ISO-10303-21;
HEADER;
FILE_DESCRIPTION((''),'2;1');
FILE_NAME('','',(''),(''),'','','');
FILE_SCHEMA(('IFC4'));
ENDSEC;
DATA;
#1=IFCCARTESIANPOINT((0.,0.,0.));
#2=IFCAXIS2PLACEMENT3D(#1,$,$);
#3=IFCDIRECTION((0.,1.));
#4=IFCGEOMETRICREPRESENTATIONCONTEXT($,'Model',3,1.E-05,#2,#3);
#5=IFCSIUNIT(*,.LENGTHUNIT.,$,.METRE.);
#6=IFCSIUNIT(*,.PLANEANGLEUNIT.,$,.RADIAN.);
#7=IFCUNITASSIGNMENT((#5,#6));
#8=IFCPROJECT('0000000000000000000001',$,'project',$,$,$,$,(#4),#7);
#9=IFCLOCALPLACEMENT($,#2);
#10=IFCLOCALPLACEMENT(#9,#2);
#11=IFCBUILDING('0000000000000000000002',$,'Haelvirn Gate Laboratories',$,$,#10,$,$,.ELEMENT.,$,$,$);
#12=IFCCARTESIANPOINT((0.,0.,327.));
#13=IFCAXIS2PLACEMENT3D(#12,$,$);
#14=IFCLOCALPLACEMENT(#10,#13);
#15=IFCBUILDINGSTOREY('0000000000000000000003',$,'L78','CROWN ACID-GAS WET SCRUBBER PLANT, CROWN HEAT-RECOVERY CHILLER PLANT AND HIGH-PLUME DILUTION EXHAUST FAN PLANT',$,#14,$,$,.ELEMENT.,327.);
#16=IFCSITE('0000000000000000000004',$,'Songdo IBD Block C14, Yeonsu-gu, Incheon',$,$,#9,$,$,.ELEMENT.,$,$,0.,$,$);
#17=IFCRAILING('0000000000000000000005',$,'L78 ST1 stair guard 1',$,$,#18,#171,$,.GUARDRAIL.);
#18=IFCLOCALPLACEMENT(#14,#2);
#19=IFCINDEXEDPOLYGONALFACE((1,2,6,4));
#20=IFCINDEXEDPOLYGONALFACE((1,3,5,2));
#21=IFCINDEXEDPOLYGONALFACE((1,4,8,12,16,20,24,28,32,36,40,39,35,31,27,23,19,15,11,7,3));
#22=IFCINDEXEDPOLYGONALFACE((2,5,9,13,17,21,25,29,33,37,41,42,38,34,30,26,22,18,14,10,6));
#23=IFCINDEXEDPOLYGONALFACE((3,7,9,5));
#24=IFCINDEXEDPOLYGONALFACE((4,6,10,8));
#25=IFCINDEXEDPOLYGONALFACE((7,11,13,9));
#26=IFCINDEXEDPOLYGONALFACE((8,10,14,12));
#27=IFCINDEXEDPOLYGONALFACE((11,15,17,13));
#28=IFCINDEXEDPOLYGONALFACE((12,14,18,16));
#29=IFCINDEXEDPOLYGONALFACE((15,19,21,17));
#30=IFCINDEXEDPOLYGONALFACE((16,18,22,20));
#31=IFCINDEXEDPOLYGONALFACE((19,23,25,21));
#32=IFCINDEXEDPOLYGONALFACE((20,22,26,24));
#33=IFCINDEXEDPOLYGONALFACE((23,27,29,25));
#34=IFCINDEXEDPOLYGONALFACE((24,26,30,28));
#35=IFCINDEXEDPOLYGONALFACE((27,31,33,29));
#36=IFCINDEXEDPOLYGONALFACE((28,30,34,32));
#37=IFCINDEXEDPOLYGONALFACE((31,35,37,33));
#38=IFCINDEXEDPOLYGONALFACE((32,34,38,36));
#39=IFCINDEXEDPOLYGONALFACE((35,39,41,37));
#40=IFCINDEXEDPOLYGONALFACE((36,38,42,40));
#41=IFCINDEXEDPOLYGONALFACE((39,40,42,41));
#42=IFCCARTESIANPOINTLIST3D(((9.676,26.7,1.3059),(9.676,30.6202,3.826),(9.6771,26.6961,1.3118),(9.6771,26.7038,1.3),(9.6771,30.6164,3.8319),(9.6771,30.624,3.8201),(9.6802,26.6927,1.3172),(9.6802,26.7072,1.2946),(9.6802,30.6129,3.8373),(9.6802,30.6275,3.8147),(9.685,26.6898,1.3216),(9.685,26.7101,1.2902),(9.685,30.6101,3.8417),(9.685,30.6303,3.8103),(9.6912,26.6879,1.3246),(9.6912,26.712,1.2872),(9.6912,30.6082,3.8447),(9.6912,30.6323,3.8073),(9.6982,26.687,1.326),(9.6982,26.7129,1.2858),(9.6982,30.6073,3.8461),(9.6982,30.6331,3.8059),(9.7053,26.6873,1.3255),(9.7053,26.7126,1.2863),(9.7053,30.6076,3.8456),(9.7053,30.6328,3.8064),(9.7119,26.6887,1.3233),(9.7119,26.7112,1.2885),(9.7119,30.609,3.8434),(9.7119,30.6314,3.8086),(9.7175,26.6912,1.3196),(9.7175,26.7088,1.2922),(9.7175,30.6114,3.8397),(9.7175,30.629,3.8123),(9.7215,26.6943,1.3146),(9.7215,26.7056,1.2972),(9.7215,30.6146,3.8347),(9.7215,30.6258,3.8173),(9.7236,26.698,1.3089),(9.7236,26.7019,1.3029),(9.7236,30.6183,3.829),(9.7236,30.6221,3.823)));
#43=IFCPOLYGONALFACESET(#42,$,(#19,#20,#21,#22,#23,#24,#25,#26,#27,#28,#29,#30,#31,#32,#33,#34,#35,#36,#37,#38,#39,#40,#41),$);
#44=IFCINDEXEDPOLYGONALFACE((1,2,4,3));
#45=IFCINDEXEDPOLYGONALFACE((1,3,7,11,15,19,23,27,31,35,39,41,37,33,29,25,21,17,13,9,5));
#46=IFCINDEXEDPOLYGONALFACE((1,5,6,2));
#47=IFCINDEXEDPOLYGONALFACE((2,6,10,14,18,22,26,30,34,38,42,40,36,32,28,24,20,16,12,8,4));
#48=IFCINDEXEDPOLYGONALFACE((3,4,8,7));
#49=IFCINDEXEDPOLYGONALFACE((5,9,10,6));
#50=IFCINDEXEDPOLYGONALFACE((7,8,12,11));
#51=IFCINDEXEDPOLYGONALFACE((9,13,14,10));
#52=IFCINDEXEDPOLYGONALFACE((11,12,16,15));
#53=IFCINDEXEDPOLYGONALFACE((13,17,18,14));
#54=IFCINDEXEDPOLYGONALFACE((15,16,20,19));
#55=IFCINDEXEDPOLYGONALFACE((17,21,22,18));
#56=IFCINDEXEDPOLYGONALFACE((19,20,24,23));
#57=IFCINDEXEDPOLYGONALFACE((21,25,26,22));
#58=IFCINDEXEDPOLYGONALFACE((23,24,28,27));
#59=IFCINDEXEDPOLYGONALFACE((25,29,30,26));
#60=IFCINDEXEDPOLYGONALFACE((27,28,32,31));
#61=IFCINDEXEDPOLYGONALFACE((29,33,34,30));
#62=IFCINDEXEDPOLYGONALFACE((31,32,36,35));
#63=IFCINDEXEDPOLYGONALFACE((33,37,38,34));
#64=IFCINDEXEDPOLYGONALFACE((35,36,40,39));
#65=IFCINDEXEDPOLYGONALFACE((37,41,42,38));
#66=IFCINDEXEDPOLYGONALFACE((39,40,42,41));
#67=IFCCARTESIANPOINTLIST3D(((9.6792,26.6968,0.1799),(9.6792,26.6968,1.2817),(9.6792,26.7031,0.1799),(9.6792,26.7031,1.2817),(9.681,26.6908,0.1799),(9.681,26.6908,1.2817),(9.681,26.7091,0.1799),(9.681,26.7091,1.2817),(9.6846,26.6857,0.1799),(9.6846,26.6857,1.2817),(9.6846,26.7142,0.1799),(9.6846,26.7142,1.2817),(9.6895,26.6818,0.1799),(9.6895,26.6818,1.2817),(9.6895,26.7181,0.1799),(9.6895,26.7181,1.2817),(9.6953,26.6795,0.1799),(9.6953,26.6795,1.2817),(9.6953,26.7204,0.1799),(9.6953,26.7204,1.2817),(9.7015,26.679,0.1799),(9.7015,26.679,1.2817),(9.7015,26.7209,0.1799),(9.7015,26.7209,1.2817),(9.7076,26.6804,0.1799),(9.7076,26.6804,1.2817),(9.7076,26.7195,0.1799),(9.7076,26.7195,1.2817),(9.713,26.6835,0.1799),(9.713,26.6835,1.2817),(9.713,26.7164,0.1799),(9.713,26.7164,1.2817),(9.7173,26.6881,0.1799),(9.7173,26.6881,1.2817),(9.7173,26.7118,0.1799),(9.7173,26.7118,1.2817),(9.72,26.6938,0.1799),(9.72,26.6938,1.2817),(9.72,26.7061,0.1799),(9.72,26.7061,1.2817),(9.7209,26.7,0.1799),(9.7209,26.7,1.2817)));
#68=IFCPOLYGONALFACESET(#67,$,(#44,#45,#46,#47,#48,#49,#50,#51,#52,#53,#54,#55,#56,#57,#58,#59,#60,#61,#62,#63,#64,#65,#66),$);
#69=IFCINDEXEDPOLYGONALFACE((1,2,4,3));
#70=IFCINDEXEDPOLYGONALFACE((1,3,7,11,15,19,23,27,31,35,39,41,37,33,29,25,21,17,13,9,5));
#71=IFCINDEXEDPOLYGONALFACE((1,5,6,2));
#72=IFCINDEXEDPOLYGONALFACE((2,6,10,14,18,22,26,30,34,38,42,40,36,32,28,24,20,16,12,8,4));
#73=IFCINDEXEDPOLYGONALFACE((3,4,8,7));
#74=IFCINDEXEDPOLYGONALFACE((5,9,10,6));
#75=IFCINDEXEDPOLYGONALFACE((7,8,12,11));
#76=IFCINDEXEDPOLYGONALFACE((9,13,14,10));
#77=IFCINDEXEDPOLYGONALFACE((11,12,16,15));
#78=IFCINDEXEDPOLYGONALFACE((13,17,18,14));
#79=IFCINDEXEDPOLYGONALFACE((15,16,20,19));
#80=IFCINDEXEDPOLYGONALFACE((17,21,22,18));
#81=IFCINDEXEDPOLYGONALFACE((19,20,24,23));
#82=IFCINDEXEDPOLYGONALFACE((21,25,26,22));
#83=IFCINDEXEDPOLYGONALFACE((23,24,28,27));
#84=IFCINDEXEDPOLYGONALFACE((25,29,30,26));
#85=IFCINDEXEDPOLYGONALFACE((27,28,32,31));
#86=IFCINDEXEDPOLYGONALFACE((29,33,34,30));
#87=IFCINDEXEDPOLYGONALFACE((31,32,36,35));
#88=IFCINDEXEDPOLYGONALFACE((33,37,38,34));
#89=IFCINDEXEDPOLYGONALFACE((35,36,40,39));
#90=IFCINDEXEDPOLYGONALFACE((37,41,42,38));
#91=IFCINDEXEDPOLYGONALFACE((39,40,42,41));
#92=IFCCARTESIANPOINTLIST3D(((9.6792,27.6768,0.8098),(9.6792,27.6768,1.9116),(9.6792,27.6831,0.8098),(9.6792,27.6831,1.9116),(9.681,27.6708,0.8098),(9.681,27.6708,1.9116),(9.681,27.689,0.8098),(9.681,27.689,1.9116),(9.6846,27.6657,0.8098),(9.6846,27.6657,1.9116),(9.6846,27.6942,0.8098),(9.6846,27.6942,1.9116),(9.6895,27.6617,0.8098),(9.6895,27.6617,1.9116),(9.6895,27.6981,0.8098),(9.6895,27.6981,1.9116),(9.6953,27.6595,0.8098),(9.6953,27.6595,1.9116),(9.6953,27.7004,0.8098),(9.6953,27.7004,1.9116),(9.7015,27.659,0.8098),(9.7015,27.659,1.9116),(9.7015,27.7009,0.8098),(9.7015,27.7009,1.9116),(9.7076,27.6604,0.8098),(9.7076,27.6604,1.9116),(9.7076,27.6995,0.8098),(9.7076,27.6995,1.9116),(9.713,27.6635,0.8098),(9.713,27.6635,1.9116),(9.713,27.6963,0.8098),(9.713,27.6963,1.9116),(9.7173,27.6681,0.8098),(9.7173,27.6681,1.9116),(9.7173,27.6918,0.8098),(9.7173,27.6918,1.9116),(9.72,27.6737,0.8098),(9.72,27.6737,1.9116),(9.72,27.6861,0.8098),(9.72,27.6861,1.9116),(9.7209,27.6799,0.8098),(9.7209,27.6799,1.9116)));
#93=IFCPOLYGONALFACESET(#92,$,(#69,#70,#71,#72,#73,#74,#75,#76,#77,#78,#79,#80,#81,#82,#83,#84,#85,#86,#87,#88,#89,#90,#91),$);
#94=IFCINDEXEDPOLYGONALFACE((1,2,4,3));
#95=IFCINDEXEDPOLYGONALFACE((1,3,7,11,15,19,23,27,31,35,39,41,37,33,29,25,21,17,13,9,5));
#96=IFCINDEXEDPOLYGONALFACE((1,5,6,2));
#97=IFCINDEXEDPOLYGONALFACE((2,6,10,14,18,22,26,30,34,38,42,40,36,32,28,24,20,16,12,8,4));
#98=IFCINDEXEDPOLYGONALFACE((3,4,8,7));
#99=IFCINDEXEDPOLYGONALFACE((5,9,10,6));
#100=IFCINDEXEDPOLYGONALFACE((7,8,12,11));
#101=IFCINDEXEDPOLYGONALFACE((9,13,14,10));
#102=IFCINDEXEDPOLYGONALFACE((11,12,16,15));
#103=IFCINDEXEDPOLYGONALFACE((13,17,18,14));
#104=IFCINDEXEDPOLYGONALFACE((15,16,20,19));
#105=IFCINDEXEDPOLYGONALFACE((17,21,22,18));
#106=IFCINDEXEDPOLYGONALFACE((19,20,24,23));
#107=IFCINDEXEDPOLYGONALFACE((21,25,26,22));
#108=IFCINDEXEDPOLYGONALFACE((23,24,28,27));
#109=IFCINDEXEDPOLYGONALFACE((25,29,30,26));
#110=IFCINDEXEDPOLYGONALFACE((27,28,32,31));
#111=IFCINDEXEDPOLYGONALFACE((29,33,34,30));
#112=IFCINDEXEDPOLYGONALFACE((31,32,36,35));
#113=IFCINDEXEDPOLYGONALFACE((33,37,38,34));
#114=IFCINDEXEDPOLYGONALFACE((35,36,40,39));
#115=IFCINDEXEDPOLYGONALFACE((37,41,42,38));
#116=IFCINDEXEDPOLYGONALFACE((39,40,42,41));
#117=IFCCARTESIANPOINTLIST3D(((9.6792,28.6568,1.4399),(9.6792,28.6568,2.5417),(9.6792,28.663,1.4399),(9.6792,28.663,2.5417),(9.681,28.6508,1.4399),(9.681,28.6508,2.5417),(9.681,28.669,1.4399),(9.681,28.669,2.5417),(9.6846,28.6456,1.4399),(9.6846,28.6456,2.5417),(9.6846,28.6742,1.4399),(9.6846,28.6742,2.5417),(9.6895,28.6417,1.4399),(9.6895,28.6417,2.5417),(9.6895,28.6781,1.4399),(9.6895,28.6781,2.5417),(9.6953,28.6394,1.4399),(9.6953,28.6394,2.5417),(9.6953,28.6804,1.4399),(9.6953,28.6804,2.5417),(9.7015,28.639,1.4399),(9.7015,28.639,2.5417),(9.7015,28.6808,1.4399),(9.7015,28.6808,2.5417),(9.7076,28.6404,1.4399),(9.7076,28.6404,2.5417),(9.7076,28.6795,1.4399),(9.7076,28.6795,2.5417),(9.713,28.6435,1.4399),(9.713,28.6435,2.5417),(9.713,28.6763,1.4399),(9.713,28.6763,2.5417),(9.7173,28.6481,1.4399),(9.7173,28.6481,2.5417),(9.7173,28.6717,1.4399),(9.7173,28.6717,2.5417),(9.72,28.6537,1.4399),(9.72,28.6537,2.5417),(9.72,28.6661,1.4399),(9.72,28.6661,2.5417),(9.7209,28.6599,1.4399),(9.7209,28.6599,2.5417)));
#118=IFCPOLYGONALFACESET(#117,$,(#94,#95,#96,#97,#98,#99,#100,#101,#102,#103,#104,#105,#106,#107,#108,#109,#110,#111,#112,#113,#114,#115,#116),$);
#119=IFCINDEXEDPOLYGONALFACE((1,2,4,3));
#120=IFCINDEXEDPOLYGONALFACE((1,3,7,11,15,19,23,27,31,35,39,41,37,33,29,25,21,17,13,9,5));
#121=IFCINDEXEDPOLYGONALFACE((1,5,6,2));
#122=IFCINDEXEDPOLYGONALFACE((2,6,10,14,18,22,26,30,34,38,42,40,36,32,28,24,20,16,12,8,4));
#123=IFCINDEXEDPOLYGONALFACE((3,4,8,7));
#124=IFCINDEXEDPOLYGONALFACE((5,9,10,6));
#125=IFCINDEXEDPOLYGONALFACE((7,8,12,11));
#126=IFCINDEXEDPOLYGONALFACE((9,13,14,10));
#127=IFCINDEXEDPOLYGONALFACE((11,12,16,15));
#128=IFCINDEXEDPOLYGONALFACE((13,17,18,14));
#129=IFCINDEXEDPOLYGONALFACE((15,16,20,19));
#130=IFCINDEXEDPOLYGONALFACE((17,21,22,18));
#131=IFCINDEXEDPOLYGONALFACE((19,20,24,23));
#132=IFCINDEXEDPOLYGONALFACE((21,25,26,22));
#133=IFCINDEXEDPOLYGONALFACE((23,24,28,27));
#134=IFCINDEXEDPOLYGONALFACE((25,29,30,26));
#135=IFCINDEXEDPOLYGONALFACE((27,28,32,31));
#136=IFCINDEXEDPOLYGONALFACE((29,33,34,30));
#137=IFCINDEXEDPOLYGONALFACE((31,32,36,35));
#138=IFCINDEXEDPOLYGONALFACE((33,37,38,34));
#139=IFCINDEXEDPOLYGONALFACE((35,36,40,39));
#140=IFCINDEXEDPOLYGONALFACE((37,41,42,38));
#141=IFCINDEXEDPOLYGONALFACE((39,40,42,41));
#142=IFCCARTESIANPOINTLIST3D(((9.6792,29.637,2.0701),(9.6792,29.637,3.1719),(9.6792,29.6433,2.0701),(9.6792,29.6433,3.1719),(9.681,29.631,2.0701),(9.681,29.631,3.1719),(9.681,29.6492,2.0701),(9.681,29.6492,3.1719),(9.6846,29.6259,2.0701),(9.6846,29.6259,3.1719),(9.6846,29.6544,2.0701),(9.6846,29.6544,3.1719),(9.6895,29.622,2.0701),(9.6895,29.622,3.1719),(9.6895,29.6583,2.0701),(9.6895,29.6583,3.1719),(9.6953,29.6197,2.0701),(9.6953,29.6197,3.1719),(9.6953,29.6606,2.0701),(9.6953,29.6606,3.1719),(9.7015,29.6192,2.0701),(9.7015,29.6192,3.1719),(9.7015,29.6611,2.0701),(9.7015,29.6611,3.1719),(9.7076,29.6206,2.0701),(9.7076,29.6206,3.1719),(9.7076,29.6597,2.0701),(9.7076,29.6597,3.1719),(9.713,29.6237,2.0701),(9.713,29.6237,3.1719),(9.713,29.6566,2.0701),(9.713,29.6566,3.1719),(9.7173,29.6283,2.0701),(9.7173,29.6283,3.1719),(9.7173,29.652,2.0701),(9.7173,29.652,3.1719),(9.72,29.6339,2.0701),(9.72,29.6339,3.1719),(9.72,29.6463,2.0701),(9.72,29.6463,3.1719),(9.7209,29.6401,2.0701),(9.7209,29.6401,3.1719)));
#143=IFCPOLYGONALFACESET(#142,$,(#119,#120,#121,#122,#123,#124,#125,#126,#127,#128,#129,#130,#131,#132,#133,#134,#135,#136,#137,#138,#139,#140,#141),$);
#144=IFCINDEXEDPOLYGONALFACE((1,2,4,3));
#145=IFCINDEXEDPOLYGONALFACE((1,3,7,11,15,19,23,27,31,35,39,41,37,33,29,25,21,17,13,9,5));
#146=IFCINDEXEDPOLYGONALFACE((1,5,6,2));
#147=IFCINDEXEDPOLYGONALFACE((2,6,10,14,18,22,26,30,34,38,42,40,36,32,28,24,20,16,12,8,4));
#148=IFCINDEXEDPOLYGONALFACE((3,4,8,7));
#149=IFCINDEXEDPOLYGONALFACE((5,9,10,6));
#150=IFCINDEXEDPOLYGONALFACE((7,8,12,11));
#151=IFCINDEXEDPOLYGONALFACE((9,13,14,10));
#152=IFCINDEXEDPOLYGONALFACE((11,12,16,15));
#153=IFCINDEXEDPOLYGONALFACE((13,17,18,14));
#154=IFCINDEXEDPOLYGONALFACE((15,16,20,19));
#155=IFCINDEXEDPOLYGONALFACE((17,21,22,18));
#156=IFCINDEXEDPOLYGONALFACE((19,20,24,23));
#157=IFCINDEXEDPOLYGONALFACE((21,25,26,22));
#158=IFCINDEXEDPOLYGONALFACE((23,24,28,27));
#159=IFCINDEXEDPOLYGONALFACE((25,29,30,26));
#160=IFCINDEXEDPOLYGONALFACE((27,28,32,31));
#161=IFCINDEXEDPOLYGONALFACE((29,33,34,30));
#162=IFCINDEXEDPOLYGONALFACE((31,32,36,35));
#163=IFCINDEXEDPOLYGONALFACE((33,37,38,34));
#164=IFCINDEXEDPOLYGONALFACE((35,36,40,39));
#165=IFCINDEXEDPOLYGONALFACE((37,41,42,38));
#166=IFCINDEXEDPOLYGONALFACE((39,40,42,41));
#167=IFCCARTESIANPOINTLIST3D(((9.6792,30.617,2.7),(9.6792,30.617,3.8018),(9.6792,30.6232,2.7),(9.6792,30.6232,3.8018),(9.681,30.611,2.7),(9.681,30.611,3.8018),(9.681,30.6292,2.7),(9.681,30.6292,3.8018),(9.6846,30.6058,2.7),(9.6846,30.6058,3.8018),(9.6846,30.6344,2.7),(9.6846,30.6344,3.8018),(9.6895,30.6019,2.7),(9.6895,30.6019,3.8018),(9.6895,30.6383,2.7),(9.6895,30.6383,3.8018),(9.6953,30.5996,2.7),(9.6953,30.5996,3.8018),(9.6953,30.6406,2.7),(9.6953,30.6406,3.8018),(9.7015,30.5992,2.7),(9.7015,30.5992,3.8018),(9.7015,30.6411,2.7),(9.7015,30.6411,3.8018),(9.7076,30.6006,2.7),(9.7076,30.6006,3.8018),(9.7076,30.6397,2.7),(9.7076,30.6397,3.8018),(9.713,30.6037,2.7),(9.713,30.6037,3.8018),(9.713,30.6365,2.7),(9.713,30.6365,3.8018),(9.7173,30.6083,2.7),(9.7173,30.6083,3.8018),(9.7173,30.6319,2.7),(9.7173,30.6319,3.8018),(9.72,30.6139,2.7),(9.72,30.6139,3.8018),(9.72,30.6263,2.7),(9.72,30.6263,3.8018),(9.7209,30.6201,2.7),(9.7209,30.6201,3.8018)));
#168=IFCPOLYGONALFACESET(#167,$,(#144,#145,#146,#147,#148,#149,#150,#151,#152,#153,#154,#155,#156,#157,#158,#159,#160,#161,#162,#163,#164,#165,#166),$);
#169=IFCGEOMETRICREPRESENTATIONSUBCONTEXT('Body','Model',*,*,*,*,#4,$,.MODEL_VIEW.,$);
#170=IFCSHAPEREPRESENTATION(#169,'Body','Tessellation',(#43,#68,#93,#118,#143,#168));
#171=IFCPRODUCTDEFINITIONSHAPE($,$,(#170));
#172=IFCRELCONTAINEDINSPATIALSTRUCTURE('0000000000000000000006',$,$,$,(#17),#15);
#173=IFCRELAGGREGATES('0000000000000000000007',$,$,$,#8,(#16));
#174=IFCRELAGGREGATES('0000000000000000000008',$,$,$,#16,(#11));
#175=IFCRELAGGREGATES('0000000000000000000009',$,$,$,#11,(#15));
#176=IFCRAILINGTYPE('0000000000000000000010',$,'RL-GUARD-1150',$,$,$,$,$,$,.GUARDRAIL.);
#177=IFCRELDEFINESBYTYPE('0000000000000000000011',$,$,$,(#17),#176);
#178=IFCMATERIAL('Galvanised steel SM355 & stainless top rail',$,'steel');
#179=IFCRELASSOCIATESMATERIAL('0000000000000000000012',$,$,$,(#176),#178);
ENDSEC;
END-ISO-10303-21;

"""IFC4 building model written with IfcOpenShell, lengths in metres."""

from ifc_helpers import new_model, si_unit, direction, frame, origin, origin_2d, place, context, subcontext, project, spatial, circle, extrude, source, transform, mapped, material, type_object, element, save


model = new_model("IFC4")

# Units and contexts
model_context = context("Model", 3, precision=1e-05, world=origin(), true_north=direction((0.0, 1.0)))
body_context = subcontext(model_context, "Body", "Model", "MODEL_VIEW")
ifc_project = project(units=[si_unit("LENGTHUNIT", "METRE"), si_unit("PLANEANGLEUNIT", "RADIAN")], contexts=[model_context])

# Site, building, storey
site_placement = place(None, origin())
site = spatial("IfcSite", under=ifc_project, at=site_placement, Name="Songdo IBD Block C14, Yeonsu-gu, Incheon", CompositionType="ELEMENT", RefElevation=0.0)
building_placement = place(site_placement, origin())
building = spatial("IfcBuilding", under=site, at=building_placement, Name="Haelvirn Gate Laboratories", CompositionType="ELEMENT")
storey_placement = place(building_placement, frame((0.0, 0.0, 327.0)))
storey = spatial("IfcBuildingStorey", under=building, at=storey_placement, Name="L78", Description="CROWN ACID-GAS WET SCRUBBER PLANT, CROWN HEAT-RECOVERY CHILLER PLANT AND HIGH-PLUME DILUTION EXHAUST FAN PLANT", CompositionType="ELEMENT", Elevation=327.0)

# Railing
ifc_material_1 = material(Name="Galvanised steel SM355 & stainless top rail", Category="steel")
railing_type_1 = type_object("IfcRailingType", Name="RL-GUARD-1150", PredefinedType="GUARDRAIL", material=ifc_material_1)
shared_shape_1 = source(origin(), body_context, "Body", "SweptSolid", [
    extrude(circle(Radius=0.0239, at=origin_2d()), frame((0.0, 0.0, 1.126), z_axis=(0.0, 0.841187, 0.540744), x_axis=(-1.0, 0.0, 0.0)), (0.0, 0.0, 1.0), 4.6604),
    extrude(circle(Radius=0.021, at=origin_2d()), origin(), (0.0, 0.0, 1.0), 1.1018),
    extrude(circle(Radius=0.021, at=origin_2d()), frame((0.0, 0.98, 0.6299)), (0.0, 0.0, 1.0), 1.1018),
    extrude(circle(Radius=0.021, at=origin_2d()), frame((0.0, 1.96, 1.26)), (0.0, 0.0, 1.0), 1.1018),
    extrude(circle(Radius=0.021, at=origin_2d()), frame((0.0, 2.9402, 1.8901)), (0.0, 0.0, 1.0), 1.1018),
    extrude(circle(Radius=0.021, at=origin_2d()), frame((0.0, 3.9202, 2.52)), (0.0, 0.0, 1.0), 1.1018),
])
railing_1_placement = place(storey_placement, frame((9.7, 26.7, 0.1799)))
element("IfcRailing", 1, at=railing_1_placement, inside=storey, type_object=railing_type_1, Name="L78 ST1 stair guard 1", PredefinedType="GUARDRAIL", context=body_context, shape_type="MappedRepresentation", body=[
    mapped(shared_shape_1, transform((0.0, 0.0, 0.0), scale=1.0)),
])

save(model, "model.ifc")
